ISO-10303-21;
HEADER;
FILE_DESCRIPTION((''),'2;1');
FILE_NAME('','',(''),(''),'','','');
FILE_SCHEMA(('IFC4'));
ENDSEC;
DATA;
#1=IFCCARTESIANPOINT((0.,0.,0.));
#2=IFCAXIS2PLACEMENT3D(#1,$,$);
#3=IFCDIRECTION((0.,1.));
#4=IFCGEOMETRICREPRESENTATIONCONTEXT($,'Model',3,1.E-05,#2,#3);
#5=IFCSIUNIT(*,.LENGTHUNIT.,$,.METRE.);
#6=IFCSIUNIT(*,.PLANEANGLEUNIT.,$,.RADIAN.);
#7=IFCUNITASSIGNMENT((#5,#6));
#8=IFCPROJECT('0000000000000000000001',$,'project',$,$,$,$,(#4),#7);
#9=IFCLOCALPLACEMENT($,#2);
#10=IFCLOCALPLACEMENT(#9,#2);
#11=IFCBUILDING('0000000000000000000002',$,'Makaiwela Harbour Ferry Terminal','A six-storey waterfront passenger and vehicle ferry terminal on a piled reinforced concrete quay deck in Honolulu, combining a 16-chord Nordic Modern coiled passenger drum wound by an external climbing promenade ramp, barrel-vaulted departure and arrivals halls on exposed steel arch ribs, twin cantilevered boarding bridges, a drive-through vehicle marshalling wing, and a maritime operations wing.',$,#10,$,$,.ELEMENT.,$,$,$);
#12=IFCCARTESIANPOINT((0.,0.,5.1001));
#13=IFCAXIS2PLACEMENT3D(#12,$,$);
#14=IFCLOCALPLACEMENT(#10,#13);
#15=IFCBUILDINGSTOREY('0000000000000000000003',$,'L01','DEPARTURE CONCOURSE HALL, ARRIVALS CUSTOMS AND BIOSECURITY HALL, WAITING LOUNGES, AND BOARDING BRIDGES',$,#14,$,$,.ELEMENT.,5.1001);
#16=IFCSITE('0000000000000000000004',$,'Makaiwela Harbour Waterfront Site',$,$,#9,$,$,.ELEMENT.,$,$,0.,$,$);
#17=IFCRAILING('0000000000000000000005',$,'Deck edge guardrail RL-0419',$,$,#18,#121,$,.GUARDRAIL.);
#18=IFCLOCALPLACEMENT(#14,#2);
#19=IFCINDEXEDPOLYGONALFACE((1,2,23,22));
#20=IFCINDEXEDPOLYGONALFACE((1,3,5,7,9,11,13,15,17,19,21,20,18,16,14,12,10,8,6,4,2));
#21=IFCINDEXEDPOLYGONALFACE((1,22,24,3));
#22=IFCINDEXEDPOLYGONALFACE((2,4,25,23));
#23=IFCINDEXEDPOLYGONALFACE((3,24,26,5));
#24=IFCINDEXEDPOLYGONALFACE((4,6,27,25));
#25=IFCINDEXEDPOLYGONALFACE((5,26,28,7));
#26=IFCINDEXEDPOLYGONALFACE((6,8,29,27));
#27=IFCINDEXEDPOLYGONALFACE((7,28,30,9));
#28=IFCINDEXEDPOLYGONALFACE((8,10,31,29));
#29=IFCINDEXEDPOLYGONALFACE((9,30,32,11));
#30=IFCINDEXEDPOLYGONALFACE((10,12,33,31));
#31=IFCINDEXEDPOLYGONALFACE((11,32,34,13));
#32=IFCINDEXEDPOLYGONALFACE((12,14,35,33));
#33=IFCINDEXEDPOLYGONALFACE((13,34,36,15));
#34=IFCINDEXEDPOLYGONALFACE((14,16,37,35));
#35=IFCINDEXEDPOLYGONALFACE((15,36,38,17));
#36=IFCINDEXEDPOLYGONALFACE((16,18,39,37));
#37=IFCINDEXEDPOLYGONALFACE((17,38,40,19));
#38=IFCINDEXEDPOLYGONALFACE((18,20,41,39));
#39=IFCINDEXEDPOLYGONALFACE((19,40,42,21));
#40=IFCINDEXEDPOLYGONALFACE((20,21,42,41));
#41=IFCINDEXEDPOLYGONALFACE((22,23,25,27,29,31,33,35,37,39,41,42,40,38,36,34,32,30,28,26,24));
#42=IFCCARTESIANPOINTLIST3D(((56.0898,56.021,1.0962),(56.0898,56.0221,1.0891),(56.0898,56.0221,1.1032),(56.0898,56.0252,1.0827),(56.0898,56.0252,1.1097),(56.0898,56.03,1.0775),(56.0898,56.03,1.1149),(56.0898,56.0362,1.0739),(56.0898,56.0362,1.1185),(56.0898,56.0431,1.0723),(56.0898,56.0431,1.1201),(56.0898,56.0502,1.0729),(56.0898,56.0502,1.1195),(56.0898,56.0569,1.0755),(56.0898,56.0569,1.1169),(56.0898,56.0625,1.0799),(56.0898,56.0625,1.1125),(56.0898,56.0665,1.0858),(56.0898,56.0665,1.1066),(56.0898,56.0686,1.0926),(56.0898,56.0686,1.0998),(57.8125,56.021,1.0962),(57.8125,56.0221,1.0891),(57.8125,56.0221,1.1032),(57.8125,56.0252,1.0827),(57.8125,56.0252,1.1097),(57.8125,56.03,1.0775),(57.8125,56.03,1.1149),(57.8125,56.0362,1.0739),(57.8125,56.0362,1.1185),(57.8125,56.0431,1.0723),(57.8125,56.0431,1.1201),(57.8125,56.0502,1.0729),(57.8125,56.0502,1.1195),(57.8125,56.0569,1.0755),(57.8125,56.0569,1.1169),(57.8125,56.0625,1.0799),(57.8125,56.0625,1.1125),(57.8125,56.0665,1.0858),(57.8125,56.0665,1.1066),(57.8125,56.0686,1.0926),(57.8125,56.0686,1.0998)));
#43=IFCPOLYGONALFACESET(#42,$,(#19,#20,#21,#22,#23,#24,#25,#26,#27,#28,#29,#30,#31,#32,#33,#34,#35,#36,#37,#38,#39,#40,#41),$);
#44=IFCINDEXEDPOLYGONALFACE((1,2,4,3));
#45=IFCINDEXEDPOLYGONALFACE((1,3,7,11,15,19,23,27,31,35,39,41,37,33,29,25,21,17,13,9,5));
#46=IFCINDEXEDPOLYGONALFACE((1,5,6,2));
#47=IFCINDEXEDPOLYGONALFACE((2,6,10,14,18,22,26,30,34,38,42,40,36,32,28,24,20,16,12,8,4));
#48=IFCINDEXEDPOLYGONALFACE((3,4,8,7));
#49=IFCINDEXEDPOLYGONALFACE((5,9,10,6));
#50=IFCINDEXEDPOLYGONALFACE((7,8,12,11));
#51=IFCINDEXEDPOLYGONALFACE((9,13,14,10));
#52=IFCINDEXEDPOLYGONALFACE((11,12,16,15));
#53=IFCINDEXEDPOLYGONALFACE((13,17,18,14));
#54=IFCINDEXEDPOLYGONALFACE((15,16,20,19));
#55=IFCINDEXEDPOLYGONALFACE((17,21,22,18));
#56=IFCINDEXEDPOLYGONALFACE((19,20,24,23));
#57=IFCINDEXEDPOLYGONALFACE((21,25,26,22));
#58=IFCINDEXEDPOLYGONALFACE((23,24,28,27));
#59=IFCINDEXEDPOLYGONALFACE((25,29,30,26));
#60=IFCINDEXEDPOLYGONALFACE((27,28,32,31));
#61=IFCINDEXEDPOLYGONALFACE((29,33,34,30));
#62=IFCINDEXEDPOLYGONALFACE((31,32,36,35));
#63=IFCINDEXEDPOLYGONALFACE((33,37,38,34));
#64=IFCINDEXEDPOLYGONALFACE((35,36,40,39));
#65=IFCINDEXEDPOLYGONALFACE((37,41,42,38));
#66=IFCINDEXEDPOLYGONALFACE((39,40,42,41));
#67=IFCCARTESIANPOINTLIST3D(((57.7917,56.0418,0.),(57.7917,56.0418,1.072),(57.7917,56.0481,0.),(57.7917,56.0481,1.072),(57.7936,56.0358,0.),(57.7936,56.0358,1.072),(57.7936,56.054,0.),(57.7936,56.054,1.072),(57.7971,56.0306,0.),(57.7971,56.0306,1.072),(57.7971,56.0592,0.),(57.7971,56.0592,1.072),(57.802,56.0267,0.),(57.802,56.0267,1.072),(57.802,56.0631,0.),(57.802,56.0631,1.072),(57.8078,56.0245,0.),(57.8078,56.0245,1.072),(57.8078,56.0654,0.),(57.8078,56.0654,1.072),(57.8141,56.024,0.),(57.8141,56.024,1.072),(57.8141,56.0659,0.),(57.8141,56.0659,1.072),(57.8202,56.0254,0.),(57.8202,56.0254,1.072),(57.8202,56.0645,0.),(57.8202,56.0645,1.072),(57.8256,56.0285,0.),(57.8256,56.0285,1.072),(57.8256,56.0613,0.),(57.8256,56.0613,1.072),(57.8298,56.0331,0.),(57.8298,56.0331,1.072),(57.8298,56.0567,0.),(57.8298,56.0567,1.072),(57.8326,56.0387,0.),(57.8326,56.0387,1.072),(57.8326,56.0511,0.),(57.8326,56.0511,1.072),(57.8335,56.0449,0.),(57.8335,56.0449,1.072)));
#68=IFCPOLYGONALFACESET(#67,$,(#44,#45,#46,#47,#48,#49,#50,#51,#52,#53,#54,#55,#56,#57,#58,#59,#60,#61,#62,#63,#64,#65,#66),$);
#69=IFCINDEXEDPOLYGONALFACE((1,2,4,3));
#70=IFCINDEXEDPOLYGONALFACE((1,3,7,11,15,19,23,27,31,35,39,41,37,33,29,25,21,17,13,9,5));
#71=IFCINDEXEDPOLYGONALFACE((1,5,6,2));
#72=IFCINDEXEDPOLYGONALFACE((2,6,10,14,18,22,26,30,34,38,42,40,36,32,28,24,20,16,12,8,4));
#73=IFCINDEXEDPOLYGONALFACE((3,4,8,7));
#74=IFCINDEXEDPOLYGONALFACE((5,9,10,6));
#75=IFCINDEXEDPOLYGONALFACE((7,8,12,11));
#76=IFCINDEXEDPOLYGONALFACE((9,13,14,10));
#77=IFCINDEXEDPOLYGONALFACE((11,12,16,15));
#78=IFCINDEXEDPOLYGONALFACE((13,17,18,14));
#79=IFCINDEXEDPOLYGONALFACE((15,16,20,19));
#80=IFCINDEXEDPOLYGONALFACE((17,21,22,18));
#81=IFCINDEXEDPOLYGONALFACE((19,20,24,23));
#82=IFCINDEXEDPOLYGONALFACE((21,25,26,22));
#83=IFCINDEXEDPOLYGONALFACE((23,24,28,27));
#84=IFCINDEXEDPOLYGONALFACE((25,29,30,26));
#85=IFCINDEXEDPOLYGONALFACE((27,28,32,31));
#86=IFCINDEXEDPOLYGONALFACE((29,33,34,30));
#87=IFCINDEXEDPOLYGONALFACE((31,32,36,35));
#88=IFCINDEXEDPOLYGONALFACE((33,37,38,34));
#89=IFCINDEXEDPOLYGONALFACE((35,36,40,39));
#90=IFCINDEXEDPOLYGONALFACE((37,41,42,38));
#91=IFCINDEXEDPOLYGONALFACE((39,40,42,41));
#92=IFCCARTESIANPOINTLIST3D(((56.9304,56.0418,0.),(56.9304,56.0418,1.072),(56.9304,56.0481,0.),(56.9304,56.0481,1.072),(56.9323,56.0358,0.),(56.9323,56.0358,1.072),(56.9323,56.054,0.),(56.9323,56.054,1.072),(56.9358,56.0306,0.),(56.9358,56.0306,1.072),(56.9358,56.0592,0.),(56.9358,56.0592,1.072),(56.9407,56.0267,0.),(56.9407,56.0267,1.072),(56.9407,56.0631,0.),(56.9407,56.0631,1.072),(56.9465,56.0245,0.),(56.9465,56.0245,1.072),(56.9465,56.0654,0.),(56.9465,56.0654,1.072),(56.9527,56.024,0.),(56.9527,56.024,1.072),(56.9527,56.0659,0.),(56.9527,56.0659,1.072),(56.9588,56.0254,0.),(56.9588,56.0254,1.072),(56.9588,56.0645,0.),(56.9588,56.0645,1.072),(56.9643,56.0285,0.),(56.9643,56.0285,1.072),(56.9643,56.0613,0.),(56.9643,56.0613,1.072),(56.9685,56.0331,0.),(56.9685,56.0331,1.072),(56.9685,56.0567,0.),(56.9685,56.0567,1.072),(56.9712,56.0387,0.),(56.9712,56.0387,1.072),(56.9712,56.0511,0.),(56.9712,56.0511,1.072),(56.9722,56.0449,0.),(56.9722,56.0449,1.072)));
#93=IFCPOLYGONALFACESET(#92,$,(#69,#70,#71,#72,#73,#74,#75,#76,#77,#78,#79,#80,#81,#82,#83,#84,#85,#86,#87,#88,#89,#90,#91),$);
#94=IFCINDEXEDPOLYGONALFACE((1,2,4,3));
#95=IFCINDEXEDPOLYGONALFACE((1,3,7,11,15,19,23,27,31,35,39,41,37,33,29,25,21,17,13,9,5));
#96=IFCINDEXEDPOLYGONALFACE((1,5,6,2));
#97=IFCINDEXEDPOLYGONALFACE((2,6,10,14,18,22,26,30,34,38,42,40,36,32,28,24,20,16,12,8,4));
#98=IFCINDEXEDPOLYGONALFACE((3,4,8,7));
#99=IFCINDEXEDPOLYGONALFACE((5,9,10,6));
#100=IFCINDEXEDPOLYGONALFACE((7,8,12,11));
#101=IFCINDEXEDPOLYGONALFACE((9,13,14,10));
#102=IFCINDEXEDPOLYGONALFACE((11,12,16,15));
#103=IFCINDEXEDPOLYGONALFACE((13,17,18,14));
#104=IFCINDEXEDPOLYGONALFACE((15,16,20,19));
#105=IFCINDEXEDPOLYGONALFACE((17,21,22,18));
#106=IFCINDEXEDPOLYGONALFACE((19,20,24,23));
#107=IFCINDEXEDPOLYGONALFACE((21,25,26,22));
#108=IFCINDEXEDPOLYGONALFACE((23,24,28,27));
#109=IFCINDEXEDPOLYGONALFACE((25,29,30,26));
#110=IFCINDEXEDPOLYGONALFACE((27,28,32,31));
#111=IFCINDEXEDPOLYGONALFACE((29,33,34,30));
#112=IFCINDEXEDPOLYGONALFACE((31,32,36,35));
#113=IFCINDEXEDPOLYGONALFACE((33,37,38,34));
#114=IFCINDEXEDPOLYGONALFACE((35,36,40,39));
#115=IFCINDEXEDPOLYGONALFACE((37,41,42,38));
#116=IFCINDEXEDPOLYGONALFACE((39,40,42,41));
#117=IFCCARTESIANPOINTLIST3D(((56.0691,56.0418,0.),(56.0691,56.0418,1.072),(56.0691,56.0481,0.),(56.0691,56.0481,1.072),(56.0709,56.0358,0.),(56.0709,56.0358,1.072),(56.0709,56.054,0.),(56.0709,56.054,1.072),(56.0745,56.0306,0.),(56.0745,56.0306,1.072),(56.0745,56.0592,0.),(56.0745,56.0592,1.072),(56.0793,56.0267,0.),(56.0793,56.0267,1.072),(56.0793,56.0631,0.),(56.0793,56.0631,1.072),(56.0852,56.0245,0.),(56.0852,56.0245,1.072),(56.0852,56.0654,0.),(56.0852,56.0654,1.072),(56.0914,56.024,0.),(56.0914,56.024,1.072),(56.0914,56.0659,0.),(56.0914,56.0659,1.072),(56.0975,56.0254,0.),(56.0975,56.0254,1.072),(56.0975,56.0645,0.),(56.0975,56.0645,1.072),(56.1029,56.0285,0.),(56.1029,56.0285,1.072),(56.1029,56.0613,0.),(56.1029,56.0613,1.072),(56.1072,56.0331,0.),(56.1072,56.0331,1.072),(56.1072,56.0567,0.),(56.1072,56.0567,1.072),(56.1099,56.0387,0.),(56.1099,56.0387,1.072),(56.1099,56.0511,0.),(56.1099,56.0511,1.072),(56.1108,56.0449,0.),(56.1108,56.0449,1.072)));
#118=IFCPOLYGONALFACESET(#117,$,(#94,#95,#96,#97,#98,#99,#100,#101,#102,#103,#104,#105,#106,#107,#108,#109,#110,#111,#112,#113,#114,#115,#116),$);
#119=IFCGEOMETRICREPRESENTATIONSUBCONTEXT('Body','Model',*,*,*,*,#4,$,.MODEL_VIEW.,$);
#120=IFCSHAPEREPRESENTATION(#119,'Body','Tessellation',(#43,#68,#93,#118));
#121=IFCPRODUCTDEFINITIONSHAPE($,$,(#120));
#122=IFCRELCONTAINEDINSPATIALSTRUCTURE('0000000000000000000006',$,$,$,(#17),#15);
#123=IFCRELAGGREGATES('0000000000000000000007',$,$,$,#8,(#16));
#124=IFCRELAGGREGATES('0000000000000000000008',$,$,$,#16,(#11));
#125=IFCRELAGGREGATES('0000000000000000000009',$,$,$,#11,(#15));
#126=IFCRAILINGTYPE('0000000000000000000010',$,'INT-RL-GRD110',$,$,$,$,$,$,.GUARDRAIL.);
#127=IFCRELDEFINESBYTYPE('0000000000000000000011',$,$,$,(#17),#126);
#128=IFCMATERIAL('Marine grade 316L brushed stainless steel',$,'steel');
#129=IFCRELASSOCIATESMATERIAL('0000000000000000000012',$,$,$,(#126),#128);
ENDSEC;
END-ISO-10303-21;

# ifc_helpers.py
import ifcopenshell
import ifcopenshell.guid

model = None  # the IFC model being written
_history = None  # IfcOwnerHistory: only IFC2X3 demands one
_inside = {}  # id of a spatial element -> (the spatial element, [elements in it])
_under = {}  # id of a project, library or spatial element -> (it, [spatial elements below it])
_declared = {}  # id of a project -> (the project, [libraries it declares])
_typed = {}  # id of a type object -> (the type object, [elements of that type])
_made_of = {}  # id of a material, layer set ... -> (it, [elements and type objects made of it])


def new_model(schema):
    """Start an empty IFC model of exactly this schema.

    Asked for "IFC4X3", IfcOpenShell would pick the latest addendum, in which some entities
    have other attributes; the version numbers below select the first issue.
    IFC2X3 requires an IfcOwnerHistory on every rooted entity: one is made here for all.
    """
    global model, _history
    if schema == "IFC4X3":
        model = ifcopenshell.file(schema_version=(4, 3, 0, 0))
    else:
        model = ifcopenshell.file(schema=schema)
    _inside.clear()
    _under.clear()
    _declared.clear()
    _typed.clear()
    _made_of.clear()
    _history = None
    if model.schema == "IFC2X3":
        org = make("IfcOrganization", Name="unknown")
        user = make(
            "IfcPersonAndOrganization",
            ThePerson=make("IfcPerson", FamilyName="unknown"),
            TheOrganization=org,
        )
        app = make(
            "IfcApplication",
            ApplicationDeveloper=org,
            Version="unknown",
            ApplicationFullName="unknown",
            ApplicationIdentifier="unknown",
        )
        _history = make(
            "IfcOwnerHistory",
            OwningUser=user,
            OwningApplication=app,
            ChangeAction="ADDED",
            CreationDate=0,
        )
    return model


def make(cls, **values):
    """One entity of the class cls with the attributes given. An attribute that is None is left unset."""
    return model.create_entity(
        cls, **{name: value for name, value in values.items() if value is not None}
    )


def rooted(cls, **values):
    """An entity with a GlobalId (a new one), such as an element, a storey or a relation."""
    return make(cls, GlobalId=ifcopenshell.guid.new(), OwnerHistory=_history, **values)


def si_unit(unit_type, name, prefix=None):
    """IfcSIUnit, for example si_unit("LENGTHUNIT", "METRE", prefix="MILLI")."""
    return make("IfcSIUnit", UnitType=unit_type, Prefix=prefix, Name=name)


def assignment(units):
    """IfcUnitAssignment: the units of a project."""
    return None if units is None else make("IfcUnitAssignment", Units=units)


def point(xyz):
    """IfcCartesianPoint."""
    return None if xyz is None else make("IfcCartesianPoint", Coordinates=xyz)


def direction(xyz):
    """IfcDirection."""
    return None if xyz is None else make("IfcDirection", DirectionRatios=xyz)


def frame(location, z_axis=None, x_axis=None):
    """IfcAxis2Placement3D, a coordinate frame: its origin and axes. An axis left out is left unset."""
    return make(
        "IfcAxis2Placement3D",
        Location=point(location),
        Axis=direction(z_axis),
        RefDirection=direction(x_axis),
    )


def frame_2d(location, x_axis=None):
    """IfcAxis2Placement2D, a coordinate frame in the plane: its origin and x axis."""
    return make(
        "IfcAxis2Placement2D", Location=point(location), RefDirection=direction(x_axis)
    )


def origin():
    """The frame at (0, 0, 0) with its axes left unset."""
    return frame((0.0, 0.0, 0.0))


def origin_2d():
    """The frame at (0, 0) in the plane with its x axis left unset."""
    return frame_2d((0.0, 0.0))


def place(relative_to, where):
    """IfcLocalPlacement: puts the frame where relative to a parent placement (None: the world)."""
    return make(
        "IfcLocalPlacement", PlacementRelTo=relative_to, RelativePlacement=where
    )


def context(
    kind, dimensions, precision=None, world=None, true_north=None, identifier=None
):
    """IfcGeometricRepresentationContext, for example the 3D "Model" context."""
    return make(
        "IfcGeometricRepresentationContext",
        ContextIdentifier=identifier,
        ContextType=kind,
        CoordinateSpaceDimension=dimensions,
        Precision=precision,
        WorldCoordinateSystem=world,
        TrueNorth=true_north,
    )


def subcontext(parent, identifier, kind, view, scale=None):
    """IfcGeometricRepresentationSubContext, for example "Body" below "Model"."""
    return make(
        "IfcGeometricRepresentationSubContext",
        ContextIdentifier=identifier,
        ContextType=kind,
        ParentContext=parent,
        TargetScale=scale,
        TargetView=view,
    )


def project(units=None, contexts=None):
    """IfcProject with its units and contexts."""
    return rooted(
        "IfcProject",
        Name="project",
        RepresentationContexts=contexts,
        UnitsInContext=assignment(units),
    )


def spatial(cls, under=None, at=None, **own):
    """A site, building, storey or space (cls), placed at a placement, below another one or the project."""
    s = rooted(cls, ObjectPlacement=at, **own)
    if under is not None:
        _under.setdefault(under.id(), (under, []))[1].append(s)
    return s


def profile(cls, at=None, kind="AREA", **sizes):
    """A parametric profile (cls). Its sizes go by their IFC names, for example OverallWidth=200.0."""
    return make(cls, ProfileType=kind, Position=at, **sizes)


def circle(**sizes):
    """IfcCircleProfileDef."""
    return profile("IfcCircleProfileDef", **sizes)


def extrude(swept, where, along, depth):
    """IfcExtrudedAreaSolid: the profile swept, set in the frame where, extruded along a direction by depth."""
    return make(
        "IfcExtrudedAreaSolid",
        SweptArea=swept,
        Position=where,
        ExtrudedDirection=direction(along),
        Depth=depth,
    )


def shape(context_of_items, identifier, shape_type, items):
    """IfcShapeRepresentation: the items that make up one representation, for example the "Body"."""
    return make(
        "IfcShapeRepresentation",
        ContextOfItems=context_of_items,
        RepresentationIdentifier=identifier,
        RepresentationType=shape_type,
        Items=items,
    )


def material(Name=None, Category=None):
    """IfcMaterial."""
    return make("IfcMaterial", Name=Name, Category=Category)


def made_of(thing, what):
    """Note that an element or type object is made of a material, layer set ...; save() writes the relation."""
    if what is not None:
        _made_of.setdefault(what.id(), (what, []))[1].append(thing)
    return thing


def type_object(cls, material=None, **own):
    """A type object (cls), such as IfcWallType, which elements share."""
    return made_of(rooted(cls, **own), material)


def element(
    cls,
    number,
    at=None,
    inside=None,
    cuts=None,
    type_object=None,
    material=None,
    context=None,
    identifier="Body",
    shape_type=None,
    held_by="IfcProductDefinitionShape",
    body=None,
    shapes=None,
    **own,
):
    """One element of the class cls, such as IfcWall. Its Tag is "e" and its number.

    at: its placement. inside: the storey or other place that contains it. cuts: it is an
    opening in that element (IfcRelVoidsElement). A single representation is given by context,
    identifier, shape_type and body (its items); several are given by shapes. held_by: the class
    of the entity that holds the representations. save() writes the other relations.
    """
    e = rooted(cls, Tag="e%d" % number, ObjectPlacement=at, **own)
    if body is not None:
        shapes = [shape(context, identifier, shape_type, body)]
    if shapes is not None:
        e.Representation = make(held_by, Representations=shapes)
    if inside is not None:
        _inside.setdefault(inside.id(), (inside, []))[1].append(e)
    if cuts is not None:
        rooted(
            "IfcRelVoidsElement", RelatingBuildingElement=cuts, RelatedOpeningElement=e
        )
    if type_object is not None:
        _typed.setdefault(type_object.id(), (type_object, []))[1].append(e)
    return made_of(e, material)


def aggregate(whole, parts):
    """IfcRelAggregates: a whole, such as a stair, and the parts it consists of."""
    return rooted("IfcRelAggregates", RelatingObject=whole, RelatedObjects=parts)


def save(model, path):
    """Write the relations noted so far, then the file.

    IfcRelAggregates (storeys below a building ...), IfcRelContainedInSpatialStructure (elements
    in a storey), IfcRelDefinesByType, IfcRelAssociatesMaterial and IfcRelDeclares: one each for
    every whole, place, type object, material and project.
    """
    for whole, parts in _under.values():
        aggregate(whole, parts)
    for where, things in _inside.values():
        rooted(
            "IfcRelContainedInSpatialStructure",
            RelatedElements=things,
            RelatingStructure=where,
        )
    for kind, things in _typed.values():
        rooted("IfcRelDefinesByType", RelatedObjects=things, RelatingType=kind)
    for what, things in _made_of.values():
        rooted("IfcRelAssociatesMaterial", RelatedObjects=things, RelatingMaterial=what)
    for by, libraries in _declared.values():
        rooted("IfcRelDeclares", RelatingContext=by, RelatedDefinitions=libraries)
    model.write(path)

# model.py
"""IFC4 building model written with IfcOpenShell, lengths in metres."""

from ifc_helpers import new_model, si_unit, direction, frame, origin, origin_2d, place, context, subcontext, project, spatial, circle, extrude, material, type_object, element, save


model = new_model("IFC4")

# Units and contexts
model_context = context("Model", 3, precision=1e-05, world=origin(), true_north=direction((0.0, 1.0)))
body_context = subcontext(model_context, "Body", "Model", "MODEL_VIEW")
ifc_project = project(units=[si_unit("LENGTHUNIT", "METRE"), si_unit("PLANEANGLEUNIT", "RADIAN")], contexts=[model_context])

# Site, building, storey
site_placement = place(None, origin())
site = spatial("IfcSite", under=ifc_project, at=site_placement, Name="Makaiwela Harbour Waterfront Site", CompositionType="ELEMENT", RefElevation=0.0)
building_placement = place(site_placement, origin())
building = spatial("IfcBuilding", under=site, at=building_placement, Name="Makaiwela Harbour Ferry Terminal", Description="A six-storey waterfront passenger and vehicle ferry terminal on a piled reinforced concrete quay deck in Honolulu, combining a 16-chord Nordic Modern coiled passenger drum wound by an external climbing promenade ramp, barrel-vaulted departure and arrivals halls on exposed steel arch ribs, twin cantilevered boarding bridges, a drive-through vehicle marshalling wing, and a maritime operations wing.", CompositionType="ELEMENT")
storey_placement = place(building_placement, frame((0.0, 0.0, 5.1001)))
storey = spatial("IfcBuildingStorey", under=building, at=storey_placement, Name="L01", Description="DEPARTURE CONCOURSE HALL, ARRIVALS CUSTOMS AND BIOSECURITY HALL, WAITING LOUNGES, AND BOARDING BRIDGES", CompositionType="ELEMENT", Elevation=5.1001)

# Shared definitions
ifc_material_1 = material(Name="Marine grade 316L brushed stainless steel", Category="steel")

# Railing
railing_type_1 = type_object("IfcRailingType", Name="INT-RL-GRD110", PredefinedType="GUARDRAIL", material=ifc_material_1)
railing_1_placement = place(storey_placement, frame((57.8125, 56.0449, 0.0)))
element("IfcRailing", 1, at=railing_1_placement, inside=storey, type_object=railing_type_1, Name="Deck edge guardrail RL-0419", PredefinedType="GUARDRAIL", context=body_context, shape_type="SweptSolid", body=[
    extrude(circle(Radius=0.0239, at=origin_2d()), frame((0.0, 0.0, 1.0962), z_axis=(-1.0, 0.0, 0.0), x_axis=(0.0, -1.0, 0.0)), (0.0, 0.0, 1.0), 1.7227),
    extrude(circle(Radius=0.021, at=origin_2d()), origin(), (0.0, 0.0, 1.0), 1.072),
    extrude(circle(Radius=0.021, at=origin_2d()), frame((-0.8613, 0.0, 0.0)), (0.0, 0.0, 1.0), 1.072),
    extrude(circle(Radius=0.021, at=origin_2d()), frame((-1.7227, 0.0, 0.0)), (0.0, 0.0, 1.0), 1.072),
])

save(model, "model.ifc")
